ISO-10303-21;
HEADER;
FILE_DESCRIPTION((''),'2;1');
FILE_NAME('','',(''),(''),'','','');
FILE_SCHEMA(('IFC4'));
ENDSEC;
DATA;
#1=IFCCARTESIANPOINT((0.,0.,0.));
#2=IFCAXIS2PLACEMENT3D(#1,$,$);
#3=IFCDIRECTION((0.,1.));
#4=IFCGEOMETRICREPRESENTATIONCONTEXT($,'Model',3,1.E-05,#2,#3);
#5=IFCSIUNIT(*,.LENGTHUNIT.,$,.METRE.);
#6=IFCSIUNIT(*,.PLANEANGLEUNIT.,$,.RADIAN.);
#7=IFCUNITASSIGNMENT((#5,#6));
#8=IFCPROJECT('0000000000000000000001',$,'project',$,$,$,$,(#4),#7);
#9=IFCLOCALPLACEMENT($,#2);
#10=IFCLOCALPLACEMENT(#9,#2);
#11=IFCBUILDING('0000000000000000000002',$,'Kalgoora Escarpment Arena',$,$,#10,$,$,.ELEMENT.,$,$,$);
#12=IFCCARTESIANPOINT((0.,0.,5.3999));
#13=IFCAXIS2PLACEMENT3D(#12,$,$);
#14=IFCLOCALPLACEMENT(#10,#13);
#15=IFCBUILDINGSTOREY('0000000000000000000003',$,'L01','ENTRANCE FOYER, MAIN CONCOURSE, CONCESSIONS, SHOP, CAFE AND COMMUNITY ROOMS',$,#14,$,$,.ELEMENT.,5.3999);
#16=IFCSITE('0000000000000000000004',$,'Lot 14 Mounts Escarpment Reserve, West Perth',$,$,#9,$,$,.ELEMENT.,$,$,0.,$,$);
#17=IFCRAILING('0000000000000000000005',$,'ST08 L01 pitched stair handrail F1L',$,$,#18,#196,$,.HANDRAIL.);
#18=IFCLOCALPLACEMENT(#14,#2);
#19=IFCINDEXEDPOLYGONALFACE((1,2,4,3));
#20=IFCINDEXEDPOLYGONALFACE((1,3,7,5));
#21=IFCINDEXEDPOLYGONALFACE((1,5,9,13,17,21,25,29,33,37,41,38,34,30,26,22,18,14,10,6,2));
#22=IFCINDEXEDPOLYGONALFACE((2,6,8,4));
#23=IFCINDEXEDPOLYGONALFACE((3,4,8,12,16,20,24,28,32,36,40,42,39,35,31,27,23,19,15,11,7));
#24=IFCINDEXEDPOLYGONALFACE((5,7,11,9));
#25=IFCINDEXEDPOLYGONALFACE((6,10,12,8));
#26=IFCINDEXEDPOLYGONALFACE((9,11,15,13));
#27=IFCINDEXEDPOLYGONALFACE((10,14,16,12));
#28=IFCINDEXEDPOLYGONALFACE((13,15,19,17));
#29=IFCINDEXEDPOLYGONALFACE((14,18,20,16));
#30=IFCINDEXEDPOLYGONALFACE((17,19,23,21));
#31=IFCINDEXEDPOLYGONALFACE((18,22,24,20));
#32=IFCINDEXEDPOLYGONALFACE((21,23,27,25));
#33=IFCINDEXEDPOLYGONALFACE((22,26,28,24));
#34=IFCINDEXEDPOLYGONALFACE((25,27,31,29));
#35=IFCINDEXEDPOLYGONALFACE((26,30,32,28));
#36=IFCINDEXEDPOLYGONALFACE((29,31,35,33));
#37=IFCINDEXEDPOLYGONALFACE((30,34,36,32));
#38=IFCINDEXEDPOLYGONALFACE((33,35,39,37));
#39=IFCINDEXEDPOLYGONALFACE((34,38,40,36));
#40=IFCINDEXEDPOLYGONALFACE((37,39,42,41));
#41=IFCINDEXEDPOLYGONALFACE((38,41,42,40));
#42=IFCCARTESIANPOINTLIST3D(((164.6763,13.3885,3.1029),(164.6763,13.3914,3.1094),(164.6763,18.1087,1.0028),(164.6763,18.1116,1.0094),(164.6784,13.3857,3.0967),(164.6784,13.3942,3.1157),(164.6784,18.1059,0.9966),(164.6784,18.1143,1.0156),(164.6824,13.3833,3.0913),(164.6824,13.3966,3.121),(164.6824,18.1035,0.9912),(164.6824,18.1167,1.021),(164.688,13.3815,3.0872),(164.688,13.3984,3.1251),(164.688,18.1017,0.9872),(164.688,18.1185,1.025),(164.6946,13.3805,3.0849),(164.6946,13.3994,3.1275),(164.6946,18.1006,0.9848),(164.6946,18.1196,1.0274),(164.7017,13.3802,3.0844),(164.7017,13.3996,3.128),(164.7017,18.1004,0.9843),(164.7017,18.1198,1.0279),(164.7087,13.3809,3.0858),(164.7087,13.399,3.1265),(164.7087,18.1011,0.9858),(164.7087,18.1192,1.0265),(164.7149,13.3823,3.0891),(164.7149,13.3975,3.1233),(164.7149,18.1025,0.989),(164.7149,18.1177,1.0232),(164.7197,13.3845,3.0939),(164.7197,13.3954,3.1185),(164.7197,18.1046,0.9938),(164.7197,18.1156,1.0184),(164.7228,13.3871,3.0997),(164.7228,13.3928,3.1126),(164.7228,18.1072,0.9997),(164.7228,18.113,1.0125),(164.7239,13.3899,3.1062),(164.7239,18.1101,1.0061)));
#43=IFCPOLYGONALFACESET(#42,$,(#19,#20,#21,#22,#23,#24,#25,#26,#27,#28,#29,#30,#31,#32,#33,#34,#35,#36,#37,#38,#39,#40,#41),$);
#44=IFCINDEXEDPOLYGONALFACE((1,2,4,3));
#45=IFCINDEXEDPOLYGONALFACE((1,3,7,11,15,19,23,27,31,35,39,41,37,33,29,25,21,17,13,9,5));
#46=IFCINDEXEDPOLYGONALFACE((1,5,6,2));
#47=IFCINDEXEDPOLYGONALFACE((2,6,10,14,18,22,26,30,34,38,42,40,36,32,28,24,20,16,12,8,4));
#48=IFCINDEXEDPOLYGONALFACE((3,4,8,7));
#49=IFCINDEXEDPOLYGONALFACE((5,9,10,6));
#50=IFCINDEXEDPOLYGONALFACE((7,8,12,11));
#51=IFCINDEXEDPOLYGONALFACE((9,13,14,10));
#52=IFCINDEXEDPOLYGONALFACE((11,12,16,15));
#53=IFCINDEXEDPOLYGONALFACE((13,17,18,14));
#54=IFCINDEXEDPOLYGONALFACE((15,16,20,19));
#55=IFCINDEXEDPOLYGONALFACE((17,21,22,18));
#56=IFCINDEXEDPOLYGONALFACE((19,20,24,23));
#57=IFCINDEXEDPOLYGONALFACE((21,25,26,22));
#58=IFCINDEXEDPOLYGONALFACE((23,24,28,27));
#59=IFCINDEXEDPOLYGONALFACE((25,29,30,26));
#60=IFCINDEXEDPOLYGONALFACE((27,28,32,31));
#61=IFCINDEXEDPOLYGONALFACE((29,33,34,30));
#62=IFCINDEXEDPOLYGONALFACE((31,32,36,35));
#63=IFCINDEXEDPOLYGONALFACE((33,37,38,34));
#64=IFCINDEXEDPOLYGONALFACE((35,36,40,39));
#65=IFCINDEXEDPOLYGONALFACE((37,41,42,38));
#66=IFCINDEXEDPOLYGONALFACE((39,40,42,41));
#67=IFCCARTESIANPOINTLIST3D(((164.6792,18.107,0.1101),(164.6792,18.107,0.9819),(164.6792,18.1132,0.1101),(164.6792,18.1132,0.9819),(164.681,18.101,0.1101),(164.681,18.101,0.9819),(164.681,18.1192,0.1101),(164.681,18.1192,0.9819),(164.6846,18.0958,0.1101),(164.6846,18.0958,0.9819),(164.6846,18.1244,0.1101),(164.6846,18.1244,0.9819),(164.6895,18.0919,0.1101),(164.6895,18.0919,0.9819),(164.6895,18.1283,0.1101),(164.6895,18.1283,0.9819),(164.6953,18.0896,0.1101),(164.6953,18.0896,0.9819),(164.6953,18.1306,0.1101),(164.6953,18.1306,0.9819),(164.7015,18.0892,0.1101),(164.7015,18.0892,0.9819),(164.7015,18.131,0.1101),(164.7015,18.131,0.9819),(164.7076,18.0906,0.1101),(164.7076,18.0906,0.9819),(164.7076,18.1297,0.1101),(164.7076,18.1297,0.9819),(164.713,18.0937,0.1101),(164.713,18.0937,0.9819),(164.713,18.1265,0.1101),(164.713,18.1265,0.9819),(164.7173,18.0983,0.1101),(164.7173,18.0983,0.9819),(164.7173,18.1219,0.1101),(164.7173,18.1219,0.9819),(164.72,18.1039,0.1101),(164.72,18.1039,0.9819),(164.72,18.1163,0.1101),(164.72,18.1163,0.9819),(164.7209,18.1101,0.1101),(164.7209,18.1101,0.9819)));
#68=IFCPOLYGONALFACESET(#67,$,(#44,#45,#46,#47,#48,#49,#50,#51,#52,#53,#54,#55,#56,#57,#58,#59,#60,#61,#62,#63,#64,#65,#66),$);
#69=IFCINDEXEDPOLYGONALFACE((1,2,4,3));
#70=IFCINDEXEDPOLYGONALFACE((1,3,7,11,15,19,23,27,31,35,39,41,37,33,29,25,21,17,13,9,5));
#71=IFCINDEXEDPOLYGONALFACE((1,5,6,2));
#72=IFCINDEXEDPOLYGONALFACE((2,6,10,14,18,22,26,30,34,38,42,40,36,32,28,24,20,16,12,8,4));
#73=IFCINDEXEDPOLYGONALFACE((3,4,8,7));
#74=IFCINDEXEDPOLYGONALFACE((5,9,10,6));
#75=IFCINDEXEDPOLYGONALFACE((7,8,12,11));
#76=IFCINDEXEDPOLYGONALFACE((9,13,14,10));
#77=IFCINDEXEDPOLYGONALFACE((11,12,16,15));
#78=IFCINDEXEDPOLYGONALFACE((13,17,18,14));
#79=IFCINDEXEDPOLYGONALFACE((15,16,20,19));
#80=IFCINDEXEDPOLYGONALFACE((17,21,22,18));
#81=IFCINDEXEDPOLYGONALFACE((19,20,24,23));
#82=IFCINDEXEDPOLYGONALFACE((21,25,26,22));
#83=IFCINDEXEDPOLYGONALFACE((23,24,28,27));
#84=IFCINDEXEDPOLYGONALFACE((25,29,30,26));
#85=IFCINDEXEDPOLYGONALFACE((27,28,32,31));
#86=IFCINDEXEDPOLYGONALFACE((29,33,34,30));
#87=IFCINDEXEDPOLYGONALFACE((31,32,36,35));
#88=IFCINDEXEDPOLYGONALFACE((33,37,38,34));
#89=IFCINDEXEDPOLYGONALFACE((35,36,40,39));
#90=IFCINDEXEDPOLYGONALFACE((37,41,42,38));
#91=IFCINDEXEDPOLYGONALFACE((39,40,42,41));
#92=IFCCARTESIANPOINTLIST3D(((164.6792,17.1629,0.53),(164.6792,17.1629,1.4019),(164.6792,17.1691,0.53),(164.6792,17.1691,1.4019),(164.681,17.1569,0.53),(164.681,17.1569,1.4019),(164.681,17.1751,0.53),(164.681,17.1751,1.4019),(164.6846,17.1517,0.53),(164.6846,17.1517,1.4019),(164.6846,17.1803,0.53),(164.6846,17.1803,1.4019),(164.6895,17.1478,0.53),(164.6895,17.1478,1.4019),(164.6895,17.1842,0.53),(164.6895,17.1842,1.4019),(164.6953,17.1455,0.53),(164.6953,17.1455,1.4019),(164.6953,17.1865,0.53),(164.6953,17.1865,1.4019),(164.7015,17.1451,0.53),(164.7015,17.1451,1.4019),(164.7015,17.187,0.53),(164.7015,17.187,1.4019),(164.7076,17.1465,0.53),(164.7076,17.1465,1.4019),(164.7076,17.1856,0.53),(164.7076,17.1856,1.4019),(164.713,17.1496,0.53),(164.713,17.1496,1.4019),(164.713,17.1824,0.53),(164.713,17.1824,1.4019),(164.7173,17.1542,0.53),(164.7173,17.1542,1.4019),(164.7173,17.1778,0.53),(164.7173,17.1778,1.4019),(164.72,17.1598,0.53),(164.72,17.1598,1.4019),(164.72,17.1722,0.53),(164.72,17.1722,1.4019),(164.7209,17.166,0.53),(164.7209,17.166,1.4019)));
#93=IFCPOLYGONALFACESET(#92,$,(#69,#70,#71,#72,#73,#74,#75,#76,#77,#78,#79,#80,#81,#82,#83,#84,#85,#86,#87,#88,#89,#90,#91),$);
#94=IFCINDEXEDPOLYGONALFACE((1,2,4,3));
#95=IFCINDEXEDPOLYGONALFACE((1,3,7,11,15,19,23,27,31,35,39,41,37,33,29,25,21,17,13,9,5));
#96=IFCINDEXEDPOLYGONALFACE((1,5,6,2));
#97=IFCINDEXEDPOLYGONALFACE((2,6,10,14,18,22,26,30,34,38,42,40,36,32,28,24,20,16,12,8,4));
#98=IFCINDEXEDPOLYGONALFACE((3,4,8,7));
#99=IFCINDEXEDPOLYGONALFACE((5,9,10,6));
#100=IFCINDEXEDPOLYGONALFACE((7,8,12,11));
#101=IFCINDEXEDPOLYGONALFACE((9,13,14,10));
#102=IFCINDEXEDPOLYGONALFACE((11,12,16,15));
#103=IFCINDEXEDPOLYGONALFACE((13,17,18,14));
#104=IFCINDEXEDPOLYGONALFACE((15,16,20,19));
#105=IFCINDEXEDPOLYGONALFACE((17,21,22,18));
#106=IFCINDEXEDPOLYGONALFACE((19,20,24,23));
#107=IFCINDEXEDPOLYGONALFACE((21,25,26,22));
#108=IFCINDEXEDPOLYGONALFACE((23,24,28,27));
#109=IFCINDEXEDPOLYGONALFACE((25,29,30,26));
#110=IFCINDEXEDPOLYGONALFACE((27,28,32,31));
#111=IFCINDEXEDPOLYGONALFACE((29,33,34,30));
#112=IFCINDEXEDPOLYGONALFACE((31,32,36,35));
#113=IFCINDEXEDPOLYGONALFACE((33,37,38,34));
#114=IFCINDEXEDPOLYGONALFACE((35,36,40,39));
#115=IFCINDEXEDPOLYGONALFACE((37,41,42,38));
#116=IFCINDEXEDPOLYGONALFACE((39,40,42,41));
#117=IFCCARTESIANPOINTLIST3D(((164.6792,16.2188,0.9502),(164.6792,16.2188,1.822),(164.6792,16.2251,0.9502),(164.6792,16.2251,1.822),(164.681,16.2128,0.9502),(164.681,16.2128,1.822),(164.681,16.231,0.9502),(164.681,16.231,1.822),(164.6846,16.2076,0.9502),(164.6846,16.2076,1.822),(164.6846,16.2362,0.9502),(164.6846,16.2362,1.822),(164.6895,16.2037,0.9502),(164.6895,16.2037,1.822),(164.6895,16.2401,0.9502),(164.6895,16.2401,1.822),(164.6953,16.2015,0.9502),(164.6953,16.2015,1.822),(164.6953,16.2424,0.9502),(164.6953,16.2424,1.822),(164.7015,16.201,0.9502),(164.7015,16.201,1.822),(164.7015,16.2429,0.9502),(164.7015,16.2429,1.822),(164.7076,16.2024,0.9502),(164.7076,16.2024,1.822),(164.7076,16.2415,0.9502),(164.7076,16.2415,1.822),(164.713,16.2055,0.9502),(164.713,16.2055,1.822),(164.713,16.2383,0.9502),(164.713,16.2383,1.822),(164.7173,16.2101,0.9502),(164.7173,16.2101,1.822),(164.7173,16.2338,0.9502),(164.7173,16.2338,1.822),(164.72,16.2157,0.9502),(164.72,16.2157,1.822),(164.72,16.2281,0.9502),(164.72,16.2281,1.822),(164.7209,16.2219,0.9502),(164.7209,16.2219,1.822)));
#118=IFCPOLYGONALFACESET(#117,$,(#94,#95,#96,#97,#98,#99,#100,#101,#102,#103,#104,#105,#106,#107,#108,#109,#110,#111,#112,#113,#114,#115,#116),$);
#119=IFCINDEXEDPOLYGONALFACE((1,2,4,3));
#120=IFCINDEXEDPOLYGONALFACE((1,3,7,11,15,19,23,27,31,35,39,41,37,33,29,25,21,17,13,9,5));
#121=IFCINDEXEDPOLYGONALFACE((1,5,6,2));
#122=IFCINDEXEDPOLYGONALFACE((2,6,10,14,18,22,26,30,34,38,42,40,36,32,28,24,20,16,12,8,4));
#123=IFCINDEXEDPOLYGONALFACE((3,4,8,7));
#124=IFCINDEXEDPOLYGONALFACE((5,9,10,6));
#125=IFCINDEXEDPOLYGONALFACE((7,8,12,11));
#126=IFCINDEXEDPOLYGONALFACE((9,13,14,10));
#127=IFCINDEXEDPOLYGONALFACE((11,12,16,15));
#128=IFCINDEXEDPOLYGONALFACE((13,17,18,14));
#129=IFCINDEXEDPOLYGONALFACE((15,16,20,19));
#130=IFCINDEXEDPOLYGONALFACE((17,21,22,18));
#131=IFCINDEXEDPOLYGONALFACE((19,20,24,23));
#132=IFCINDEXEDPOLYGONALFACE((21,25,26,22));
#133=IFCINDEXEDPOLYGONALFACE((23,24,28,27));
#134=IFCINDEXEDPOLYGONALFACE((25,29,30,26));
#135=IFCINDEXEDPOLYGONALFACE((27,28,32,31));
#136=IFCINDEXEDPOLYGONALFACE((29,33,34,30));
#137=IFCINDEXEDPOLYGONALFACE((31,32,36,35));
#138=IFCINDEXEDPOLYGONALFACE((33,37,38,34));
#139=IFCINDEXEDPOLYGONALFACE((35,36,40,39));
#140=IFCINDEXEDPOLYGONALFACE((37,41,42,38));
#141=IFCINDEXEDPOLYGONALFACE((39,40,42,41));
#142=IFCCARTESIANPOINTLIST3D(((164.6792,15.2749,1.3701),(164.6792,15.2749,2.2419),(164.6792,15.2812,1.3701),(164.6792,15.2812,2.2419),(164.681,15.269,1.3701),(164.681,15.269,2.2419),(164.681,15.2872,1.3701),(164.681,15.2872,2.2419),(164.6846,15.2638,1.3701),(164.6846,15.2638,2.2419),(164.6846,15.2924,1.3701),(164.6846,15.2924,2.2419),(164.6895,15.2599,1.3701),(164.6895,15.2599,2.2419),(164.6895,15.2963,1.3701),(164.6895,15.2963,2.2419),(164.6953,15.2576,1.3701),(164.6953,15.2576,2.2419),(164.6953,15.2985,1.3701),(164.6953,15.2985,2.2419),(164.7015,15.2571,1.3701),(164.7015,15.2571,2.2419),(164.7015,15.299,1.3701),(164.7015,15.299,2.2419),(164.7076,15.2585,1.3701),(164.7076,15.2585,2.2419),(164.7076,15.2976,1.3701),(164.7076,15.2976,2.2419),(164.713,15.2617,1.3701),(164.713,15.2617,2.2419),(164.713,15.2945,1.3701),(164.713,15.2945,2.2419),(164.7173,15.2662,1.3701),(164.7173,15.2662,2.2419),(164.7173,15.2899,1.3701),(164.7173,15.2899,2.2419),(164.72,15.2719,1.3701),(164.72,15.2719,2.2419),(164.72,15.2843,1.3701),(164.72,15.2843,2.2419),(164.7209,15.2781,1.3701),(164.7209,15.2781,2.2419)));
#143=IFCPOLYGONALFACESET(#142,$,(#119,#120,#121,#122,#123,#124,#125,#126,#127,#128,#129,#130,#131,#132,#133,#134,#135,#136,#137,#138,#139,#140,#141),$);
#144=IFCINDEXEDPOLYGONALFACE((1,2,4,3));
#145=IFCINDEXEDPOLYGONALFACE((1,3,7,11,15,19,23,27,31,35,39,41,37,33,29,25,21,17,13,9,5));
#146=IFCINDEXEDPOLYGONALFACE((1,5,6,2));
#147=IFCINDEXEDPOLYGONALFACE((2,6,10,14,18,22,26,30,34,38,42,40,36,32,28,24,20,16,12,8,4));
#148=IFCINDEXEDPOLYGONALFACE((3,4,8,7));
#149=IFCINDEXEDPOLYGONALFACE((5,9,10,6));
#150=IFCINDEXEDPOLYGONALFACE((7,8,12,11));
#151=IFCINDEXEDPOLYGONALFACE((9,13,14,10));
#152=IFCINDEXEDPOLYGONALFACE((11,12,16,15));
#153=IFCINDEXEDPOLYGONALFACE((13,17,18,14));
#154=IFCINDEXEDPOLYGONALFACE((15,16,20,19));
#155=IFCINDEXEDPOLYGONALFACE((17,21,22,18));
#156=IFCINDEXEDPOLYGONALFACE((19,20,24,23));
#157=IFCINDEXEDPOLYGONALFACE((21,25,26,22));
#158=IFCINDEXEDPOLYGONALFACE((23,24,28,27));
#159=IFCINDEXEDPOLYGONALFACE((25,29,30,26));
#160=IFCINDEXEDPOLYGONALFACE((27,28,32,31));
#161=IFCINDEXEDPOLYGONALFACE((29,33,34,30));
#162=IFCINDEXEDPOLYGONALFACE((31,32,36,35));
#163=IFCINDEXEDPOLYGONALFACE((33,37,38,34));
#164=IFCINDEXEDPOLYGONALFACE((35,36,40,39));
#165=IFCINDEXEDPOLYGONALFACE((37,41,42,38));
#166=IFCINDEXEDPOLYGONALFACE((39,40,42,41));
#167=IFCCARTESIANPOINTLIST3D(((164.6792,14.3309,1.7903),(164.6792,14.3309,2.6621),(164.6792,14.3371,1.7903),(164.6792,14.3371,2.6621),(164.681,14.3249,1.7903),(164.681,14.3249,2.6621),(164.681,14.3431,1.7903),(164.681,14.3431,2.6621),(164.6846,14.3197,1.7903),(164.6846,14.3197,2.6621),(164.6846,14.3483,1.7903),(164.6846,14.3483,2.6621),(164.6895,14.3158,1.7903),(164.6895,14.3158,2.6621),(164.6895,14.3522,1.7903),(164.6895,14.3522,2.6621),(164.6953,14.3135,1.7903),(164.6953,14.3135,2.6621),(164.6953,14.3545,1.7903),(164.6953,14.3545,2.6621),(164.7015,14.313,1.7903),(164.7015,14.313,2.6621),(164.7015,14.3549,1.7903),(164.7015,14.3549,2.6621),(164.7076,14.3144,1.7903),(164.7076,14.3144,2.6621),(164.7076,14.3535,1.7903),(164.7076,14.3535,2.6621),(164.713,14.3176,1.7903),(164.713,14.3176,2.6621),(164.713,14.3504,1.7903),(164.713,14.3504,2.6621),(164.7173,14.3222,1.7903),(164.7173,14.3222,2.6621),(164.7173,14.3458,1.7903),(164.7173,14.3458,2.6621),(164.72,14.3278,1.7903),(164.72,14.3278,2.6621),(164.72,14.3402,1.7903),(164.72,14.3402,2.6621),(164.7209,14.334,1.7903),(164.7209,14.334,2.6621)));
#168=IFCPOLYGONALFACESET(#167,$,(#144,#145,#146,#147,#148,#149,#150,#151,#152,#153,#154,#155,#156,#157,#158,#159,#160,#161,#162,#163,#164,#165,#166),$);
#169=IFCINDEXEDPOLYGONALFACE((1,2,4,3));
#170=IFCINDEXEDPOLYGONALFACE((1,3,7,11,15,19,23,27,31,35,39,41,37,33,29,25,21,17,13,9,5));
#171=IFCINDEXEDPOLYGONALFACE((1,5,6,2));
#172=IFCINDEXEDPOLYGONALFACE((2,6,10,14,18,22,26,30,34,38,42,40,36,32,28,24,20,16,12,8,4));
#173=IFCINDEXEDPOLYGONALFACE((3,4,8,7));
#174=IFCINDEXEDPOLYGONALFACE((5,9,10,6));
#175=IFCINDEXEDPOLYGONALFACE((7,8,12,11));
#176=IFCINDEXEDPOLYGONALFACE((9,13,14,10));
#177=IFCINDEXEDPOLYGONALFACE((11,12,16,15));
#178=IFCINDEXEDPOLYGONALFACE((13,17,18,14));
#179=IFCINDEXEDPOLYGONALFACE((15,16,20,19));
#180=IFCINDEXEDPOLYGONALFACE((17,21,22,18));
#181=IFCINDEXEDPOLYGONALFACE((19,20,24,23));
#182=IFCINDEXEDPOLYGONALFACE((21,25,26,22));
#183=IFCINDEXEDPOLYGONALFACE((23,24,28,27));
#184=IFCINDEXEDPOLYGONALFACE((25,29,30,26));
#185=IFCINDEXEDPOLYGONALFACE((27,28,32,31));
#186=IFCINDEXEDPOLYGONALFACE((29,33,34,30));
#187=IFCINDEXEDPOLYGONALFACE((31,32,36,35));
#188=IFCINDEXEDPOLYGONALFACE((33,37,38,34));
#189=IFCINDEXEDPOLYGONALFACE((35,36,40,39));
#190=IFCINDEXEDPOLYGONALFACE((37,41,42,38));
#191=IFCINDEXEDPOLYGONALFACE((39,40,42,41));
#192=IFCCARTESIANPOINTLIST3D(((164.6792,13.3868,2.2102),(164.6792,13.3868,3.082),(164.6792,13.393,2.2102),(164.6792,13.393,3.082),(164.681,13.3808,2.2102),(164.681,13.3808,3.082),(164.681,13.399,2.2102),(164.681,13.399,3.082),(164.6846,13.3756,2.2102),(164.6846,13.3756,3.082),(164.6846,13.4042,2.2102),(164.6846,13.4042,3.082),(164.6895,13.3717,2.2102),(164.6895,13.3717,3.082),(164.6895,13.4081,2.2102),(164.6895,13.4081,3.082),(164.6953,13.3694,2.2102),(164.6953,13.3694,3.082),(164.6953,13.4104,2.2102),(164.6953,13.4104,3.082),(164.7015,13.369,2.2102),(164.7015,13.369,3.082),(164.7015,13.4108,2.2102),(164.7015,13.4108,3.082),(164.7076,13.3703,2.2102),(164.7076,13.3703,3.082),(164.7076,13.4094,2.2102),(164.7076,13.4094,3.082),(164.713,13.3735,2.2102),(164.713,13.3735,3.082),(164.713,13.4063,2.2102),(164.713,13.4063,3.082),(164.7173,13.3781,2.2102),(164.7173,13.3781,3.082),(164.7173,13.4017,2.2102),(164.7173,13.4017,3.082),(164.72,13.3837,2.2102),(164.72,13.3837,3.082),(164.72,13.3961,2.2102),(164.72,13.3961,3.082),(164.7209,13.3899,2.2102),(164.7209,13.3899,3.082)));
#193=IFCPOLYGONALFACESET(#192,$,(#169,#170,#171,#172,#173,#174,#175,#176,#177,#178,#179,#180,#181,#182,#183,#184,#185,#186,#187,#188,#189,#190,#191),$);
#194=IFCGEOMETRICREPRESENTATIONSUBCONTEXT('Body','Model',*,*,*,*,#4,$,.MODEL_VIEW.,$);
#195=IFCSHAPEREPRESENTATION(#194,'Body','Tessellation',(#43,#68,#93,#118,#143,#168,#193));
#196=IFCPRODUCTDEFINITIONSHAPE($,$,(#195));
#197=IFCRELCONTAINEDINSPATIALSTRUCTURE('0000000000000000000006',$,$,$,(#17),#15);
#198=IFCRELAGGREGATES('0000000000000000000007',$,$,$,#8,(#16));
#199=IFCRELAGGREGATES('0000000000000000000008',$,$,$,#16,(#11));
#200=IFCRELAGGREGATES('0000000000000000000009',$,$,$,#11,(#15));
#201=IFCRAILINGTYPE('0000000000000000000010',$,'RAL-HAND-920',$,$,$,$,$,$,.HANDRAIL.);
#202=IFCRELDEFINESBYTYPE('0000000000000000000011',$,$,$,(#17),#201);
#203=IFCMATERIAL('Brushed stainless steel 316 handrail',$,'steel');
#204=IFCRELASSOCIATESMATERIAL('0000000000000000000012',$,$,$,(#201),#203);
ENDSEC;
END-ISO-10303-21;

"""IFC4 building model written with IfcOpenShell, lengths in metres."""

from ifc_helpers import new_model, si_unit, direction, frame, origin, origin_2d, place, context, subcontext, project, spatial, circle, extrude, material, type_object, element, save


model = new_model("IFC4")

# Units and contexts
model_context = context("Model", 3, precision=1e-05, world=origin(), true_north=direction((0.0, 1.0)))
body_context = subcontext(model_context, "Body", "Model", "MODEL_VIEW")
ifc_project = project(units=[si_unit("LENGTHUNIT", "METRE"), si_unit("PLANEANGLEUNIT", "RADIAN")], contexts=[model_context])

# Site, building, storey
site_placement = place(None, origin())
site = spatial("IfcSite", under=ifc_project, at=site_placement, Name="Lot 14 Mounts Escarpment Reserve, West Perth", CompositionType="ELEMENT", RefElevation=0.0)
building_placement = place(site_placement, origin())
building = spatial("IfcBuilding", under=site, at=building_placement, Name="Kalgoora Escarpment Arena", CompositionType="ELEMENT")
storey_placement = place(building_placement, frame((0.0, 0.0, 5.3999)))
storey = spatial("IfcBuildingStorey", under=building, at=storey_placement, Name="L01", Description="ENTRANCE FOYER, MAIN CONCOURSE, CONCESSIONS, SHOP, CAFE AND COMMUNITY ROOMS", CompositionType="ELEMENT", Elevation=5.3999)

# Railing
ifc_material_1 = material(Name="Brushed stainless steel 316 handrail", Category="steel")
railing_type_1 = type_object("IfcRailingType", Name="RAL-HAND-920", PredefinedType="HANDRAIL", material=ifc_material_1)
for number, where, name in (
    (1, (164.7, 18.1101, 0.1101), "ST08 L01 pitched stair handrail F1L"),
):
    element("IfcRailing", number, at=place(storey_placement, frame(where)), inside=storey, type_object=railing_type_1, Name=name, PredefinedType="HANDRAIL", context=body_context, shape_type="SweptSolid", body=[
        extrude(circle(Radius=0.0239, at=origin_2d()), frame((0.0, 0.0, 0.896), z_axis=(0.0, -0.913652, 0.406498), x_axis=(1.0, 0.0, 0.0)), (0.0, 0.0, 1.0), 5.1663),
        extrude(circle(Radius=0.021, at=origin_2d()), origin(), (0.0, 0.0, 1.0), 0.8718),
        extrude(circle(Radius=0.021, at=origin_2d()), frame((0.0, -0.9441, 0.4199)), (0.0, 0.0, 1.0), 0.8718),
        extrude(circle(Radius=0.021, at=origin_2d()), frame((0.0, -1.8882, 0.8401)), (0.0, 0.0, 1.0), 0.8718),
        extrude(circle(Radius=0.021, at=origin_2d()), frame((0.0, -2.832, 1.26)), (0.0, 0.0, 1.0), 0.8718),
        extrude(circle(Radius=0.021, at=origin_2d()), frame((0.0, -3.7761, 1.6802)), (0.0, 0.0, 1.0), 0.8718),
        extrude(circle(Radius=0.021, at=origin_2d()), frame((0.0, -4.7202, 2.1001)), (0.0, 0.0, 1.0), 0.8718),
    ])

save(model, "model.ifc")
